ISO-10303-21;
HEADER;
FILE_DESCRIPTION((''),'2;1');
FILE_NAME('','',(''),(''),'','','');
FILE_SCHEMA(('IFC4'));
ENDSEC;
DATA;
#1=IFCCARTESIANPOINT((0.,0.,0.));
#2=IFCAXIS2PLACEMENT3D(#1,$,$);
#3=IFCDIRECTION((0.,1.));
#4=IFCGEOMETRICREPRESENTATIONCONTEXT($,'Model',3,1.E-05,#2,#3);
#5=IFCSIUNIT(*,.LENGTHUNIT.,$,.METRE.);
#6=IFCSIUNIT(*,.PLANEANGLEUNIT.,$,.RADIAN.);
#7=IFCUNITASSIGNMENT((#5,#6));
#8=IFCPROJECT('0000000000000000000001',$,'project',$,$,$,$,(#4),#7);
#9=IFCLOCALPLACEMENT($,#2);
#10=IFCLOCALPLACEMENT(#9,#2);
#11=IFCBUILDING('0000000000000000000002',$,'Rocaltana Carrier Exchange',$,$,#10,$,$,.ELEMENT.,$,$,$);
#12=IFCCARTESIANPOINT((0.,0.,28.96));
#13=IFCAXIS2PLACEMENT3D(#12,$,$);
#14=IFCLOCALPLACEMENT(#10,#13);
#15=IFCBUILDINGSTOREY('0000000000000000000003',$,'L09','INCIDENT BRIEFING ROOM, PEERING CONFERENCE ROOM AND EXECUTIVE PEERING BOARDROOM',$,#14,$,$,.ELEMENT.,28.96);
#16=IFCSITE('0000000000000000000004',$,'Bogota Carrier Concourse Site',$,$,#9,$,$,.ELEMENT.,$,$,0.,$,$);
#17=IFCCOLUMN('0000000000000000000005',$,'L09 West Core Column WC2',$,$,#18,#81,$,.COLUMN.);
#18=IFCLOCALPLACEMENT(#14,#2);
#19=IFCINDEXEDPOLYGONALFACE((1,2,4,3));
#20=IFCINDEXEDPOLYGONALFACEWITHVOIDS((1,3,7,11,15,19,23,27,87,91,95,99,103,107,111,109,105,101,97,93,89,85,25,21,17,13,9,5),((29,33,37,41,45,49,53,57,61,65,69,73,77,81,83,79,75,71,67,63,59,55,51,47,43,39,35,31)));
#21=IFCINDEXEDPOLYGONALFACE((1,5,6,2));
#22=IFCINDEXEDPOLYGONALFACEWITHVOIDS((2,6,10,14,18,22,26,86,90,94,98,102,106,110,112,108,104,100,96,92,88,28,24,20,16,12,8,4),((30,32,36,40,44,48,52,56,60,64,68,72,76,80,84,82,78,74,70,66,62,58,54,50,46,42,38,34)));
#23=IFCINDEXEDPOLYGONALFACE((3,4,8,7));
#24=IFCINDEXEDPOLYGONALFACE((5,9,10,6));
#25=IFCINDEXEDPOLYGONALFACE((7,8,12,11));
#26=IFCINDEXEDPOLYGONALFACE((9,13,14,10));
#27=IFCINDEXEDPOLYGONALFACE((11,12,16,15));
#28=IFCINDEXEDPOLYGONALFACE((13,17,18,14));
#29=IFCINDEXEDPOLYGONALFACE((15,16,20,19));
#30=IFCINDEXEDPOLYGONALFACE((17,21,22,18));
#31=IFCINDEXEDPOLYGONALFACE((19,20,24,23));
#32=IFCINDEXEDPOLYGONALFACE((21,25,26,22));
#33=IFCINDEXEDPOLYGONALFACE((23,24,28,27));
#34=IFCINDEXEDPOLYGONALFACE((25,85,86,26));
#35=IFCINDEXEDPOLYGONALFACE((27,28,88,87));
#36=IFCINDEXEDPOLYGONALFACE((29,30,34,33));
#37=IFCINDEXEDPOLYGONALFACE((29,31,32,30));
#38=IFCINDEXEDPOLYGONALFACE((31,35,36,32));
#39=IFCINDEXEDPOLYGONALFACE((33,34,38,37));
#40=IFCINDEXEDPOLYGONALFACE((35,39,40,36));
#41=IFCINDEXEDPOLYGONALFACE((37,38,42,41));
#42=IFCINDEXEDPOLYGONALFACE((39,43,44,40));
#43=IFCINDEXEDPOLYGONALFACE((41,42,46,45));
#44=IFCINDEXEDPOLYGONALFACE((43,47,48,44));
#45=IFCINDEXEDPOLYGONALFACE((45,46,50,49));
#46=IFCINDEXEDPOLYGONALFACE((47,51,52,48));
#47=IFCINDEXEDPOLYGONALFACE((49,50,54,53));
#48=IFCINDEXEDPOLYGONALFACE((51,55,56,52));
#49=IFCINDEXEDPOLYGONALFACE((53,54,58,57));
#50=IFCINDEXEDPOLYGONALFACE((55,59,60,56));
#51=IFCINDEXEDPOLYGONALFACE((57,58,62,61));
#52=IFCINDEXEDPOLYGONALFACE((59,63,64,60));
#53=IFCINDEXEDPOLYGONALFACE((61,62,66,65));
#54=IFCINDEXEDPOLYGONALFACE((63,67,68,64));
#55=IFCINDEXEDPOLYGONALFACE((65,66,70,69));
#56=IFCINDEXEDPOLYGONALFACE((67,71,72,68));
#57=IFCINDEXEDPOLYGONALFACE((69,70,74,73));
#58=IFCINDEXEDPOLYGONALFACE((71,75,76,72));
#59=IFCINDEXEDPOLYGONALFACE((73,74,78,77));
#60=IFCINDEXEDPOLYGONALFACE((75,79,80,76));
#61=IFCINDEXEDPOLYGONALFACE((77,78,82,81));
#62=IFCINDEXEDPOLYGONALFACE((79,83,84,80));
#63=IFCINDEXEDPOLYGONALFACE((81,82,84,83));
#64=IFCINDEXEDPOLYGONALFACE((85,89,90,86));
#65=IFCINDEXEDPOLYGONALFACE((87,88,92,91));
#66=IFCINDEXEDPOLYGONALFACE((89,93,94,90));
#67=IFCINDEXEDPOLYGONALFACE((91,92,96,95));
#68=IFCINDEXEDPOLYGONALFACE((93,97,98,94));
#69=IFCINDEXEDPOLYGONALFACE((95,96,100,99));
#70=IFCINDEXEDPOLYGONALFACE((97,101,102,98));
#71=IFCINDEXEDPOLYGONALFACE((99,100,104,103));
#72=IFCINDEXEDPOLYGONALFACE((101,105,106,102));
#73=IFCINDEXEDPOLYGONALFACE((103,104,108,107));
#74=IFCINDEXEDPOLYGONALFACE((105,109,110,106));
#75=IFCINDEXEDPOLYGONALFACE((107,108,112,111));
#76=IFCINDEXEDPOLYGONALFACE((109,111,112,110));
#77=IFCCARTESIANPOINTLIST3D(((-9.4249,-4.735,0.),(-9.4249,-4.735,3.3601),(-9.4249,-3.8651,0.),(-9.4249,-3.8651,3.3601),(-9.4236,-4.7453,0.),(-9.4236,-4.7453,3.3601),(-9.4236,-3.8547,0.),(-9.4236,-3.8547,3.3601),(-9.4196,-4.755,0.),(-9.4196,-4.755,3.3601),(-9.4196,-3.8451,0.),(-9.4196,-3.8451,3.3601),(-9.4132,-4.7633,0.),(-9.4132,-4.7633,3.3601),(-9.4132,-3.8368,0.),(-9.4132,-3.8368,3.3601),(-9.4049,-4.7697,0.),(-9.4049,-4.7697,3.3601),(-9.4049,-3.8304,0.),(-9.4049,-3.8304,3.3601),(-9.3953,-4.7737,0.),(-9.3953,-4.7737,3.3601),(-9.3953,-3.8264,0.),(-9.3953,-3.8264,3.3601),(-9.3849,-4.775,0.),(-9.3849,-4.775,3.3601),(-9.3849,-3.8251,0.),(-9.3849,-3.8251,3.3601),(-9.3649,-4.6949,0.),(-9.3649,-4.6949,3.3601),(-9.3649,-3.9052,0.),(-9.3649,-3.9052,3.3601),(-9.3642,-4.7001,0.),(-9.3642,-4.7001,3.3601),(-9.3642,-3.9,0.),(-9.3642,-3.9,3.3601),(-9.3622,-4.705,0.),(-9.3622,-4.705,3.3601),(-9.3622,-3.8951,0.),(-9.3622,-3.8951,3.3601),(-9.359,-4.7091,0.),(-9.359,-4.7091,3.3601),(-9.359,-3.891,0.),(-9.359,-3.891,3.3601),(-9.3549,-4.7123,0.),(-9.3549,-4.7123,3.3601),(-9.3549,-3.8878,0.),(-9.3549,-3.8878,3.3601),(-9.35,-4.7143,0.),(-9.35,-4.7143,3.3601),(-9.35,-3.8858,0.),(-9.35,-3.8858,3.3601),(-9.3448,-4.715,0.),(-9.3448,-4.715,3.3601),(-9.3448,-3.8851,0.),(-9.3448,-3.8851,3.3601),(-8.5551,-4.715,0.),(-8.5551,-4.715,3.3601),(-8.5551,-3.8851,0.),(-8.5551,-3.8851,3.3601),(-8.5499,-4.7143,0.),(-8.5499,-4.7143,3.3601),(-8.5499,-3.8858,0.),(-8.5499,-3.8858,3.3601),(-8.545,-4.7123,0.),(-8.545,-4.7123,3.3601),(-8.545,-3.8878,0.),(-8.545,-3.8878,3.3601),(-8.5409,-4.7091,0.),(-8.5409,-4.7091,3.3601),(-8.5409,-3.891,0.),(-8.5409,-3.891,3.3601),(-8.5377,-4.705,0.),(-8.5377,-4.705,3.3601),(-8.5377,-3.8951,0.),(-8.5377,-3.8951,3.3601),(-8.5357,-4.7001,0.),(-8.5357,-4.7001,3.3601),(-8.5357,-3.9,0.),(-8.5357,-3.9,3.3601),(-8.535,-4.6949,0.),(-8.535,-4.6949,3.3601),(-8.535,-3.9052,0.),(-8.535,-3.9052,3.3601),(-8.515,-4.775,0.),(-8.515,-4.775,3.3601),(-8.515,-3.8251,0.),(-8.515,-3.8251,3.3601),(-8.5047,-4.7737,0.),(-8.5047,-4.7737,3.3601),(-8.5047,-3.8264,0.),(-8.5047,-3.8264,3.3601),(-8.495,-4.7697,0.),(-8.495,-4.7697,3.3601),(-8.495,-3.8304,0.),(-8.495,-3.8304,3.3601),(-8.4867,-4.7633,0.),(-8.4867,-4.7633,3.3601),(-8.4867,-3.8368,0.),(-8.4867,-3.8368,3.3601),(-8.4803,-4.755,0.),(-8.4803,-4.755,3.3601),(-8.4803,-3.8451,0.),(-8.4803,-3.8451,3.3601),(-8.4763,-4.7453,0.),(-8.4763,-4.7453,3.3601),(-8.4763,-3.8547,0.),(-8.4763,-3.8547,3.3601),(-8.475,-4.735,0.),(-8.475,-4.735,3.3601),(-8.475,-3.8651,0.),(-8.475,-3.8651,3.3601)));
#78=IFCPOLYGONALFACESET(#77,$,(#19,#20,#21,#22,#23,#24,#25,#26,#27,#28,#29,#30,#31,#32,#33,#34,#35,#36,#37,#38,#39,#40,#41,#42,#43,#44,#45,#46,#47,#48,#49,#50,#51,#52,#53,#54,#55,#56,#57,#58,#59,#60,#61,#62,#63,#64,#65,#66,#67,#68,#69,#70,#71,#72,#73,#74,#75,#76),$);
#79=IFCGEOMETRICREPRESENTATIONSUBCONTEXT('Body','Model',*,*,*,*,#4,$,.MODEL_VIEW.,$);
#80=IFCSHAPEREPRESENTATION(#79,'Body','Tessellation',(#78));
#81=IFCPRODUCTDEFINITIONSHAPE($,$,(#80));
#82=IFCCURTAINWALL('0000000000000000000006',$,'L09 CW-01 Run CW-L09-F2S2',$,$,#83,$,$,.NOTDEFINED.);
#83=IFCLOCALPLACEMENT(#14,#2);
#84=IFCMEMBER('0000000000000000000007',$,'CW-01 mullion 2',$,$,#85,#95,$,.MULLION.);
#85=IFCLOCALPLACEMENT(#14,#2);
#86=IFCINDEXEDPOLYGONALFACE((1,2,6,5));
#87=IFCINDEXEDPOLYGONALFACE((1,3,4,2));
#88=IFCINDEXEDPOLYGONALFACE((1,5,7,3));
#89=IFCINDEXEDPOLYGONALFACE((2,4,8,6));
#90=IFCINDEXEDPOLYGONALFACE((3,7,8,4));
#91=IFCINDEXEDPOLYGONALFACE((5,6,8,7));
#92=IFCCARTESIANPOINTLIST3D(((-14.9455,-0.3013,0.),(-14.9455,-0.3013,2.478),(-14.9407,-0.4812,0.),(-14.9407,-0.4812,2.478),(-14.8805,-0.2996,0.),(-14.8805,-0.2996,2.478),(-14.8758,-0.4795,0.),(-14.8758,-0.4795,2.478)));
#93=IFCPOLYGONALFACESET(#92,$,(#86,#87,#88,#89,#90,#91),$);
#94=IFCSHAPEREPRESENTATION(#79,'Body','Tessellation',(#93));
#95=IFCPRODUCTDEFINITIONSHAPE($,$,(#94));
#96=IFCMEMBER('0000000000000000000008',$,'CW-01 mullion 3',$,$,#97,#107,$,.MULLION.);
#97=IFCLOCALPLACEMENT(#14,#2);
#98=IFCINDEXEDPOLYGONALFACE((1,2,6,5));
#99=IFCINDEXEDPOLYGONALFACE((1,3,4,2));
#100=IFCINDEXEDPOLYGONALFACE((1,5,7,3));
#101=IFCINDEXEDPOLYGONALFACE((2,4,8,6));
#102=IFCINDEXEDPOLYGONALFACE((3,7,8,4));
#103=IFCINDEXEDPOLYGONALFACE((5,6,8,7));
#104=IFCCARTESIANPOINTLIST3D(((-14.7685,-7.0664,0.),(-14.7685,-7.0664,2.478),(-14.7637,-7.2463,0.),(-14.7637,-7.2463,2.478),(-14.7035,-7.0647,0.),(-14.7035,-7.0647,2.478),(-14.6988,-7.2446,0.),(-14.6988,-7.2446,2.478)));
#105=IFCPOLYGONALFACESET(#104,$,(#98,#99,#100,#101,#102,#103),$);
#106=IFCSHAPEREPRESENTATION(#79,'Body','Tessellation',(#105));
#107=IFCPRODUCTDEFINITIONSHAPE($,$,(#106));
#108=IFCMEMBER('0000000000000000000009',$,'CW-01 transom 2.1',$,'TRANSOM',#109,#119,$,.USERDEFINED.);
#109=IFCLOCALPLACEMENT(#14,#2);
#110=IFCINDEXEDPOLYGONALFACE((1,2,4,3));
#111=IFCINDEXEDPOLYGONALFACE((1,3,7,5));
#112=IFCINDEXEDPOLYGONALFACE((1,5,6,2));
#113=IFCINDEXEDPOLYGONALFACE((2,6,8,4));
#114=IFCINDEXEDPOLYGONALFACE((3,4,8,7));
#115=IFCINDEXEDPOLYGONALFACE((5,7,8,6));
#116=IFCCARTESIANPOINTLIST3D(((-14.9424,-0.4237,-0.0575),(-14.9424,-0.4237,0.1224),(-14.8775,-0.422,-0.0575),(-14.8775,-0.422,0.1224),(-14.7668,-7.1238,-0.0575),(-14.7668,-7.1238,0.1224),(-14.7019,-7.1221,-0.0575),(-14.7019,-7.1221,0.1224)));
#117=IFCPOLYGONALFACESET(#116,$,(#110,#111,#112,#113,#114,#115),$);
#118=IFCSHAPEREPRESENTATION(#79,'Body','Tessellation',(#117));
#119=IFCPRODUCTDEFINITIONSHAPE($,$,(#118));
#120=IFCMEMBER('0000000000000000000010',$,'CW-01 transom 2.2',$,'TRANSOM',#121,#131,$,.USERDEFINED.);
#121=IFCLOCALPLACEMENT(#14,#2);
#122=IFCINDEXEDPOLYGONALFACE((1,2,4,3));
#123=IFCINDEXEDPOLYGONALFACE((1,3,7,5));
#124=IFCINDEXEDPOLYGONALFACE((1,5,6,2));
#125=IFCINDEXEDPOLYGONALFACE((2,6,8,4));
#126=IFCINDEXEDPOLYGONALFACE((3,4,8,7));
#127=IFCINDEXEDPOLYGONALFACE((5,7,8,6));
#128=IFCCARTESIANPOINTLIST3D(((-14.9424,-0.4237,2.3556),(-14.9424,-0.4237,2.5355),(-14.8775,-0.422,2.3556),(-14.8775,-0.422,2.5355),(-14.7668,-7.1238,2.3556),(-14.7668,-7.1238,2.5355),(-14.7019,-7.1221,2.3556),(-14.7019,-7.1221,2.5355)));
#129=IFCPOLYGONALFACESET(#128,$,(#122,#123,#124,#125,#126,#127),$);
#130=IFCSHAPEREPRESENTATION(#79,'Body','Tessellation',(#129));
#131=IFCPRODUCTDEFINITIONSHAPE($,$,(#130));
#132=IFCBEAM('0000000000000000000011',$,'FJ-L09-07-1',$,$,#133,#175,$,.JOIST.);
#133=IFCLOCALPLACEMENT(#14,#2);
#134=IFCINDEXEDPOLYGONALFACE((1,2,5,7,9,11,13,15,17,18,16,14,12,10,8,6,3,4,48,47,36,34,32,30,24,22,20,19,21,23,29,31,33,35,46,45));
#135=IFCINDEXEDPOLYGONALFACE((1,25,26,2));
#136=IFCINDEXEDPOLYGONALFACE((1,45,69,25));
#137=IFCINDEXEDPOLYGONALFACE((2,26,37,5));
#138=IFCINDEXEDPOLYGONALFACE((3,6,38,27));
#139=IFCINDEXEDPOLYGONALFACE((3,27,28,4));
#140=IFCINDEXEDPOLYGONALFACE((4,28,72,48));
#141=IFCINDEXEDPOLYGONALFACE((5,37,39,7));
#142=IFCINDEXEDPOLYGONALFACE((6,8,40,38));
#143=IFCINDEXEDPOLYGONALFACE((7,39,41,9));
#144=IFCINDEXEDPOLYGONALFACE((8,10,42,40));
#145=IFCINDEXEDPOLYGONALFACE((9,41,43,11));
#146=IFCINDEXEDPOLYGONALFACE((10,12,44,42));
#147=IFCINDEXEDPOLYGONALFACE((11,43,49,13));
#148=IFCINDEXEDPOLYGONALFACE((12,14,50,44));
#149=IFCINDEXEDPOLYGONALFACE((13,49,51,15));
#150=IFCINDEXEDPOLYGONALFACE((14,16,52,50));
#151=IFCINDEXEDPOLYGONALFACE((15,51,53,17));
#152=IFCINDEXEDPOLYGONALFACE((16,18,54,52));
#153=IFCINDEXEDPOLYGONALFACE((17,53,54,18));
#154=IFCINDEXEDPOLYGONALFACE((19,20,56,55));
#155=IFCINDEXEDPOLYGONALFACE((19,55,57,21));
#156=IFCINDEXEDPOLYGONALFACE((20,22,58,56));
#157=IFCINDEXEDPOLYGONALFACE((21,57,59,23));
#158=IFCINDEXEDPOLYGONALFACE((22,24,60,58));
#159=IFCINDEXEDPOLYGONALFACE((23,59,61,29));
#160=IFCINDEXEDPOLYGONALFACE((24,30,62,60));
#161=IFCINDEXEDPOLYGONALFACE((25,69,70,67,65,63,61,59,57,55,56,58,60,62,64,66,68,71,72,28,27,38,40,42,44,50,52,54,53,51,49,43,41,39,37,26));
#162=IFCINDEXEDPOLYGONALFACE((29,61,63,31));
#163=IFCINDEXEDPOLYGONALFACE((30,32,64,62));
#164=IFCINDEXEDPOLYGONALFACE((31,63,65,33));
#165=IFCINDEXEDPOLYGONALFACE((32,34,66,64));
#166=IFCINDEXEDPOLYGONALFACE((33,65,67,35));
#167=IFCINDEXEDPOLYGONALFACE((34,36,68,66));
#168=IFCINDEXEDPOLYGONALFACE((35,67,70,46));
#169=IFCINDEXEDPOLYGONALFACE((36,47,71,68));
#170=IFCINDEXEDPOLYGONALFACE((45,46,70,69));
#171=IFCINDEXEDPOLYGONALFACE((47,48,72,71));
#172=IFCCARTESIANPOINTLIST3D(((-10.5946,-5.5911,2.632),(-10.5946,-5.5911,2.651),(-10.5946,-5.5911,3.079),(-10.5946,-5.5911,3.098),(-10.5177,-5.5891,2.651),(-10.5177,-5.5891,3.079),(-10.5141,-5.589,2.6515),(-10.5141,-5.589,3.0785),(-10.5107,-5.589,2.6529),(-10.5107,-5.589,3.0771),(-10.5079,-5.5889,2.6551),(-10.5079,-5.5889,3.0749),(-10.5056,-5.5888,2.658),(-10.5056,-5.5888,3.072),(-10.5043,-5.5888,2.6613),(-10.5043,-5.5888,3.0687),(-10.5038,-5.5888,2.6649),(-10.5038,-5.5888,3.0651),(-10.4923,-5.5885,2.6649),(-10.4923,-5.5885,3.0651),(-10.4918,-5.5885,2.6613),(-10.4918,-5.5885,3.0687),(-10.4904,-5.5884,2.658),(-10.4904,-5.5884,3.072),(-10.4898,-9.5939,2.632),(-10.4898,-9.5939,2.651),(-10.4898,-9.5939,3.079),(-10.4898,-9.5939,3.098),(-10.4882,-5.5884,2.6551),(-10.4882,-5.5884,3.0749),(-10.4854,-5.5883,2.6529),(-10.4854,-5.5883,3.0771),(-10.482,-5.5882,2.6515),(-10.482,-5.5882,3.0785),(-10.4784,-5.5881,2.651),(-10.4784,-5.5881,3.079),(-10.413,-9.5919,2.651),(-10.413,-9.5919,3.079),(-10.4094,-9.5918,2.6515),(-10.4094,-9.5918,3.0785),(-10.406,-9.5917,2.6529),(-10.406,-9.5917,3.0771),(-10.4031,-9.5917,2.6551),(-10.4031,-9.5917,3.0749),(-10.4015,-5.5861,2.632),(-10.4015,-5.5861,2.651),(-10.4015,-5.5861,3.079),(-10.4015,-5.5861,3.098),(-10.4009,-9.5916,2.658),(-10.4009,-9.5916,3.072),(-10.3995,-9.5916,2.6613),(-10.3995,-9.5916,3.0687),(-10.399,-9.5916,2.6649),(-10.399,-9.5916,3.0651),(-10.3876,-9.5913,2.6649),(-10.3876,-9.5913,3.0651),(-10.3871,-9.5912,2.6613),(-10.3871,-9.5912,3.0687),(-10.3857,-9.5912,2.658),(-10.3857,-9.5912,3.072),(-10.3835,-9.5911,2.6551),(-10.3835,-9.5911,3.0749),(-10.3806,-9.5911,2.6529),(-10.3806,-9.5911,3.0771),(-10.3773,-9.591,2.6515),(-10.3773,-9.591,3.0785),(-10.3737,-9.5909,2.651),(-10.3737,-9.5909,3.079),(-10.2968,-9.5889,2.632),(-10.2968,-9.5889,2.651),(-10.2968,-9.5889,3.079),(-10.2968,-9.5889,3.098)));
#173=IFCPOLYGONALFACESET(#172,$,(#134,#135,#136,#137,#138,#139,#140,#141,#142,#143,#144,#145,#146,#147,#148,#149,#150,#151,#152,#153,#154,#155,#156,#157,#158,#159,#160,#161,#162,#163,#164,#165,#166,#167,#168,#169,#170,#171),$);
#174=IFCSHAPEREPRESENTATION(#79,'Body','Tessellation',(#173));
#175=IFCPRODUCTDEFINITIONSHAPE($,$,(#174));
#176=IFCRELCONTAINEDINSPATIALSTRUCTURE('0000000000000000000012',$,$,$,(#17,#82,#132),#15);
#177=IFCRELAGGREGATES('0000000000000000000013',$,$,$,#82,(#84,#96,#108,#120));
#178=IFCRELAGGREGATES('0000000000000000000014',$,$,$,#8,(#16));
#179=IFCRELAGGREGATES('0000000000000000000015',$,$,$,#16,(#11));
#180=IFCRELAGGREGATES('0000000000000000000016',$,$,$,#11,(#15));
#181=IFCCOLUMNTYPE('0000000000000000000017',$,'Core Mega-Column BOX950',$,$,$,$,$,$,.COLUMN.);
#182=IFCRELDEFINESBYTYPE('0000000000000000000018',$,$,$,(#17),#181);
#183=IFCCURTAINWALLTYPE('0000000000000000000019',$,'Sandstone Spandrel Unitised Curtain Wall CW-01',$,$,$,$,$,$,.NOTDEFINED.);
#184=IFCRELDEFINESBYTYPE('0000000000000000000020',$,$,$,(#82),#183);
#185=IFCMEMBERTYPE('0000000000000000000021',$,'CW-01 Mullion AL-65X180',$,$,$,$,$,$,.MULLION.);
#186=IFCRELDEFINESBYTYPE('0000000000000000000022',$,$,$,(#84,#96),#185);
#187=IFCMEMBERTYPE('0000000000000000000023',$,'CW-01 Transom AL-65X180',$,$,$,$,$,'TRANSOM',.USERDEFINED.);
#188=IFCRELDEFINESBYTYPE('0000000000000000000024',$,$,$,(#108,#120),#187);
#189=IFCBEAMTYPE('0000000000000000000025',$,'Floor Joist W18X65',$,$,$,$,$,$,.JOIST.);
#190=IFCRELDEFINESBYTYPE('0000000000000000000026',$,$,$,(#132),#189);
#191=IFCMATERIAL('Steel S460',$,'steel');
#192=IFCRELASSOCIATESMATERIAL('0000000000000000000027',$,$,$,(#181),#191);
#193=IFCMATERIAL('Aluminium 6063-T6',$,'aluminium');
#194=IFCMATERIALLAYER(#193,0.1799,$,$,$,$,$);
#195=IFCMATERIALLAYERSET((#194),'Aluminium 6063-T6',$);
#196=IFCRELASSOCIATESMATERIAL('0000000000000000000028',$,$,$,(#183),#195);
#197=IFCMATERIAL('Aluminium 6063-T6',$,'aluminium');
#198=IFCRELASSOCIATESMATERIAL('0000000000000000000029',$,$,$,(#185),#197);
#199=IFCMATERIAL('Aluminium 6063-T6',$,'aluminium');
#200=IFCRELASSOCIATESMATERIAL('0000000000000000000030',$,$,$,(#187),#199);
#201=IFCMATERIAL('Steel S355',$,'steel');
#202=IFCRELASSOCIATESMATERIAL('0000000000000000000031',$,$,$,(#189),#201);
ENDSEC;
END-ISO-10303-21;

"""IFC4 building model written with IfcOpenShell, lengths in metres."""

from ifc_helpers import new_model, si_unit, direction, frame, origin, origin_2d, place, context, subcontext, project, spatial, rectangle, hollow_rectangle, i_section, extrude, material, layer, layer_set, material_profile, profile_set, type_object, element, aggregate, save


model = new_model("IFC4")

# Units and contexts
model_context = context("Model", 3, precision=1e-05, world=origin(), true_north=direction((0.0, 1.0)))
body_context = subcontext(model_context, "Body", "Model", "MODEL_VIEW")
ifc_project = project(units=[si_unit("LENGTHUNIT", "METRE"), si_unit("PLANEANGLEUNIT", "RADIAN")], contexts=[model_context])

# Site, building, storey
site_placement = place(None, origin())
site = spatial("IfcSite", under=ifc_project, at=site_placement, Name="Bogota Carrier Concourse Site", CompositionType="ELEMENT", RefElevation=0.0)
building_placement = place(site_placement, origin())
building = spatial("IfcBuilding", under=site, at=building_placement, Name="Rocaltana Carrier Exchange", CompositionType="ELEMENT")
storey_placement = place(building_placement, frame((0.0, 0.0, 28.96)))
storey = spatial("IfcBuildingStorey", under=building, at=storey_placement, Name="L09", Description="INCIDENT BRIEFING ROOM, PEERING CONFERENCE ROOM AND EXECUTIVE PEERING BOARDROOM", CompositionType="ELEMENT", Elevation=28.96)

# Column
ifc_material_1 = material(Name="Steel S460", Category="steel")
ifc_material_profile_1 = material_profile(ifc_material_1, hollow_rectangle(XDim=0.95, YDim=0.95, WallThickness=0.0601, InnerFilletRadius=0.02, OuterFilletRadius=0.04, at=origin_2d()), Name="BOX950X950X60")
ifc_profile_set_1 = profile_set([ifc_material_profile_1], Name="Steel S460")
column_type = type_object("IfcColumnType", Name="Core Mega-Column BOX950", PredefinedType="COLUMN", material=ifc_profile_set_1)
column_placement = place(storey_placement, frame((-8.95, -4.3, 0.0), z_axis=(0.0, 0.0, 1.0), x_axis=(1.0, 0.0, 0.0)))
element("IfcColumn", 1, at=column_placement, inside=storey, type_object=column_type, Name="L09 West Core Column WC2", PredefinedType="COLUMN", context=body_context, shape_type="SweptSolid", body=[
    extrude(hollow_rectangle(XDim=0.95, YDim=0.95, WallThickness=0.0601, InnerFilletRadius=0.02, OuterFilletRadius=0.04, at=origin_2d()), origin(), (0.0, 0.0, 1.0), 3.3601),
])

# Curtain wall, members
ifc_material_2 = material(Name="Aluminium 6063-T6", Category="aluminium")
ifc_layer_1 = layer(ifc_material_2, 0.1799)
ifc_layer_set_1 = layer_set([ifc_layer_1], Name="Aluminium 6063-T6")
curtain_wall_type = type_object("IfcCurtainWallType", Name="Sandstone Spandrel Unitised Curtain Wall CW-01", PredefinedType="NOTDEFINED", material=ifc_layer_set_1)
curtain_wall_placement = place(storey_placement, origin())
curtain_wall = element("IfcCurtainWall", 2, at=curtain_wall_placement, inside=storey, type_object=curtain_wall_type, Name="L09 CW-01 Run CW-L09-F2S2", PredefinedType="NOTDEFINED")
ifc_material_3 = material(Name="Aluminium 6063-T6", Category="aluminium")
ifc_material_profile_2 = material_profile(ifc_material_3, rectangle(XDim=0.0649, YDim=0.1799, at=origin_2d()), Name="AL-65X180")
ifc_profile_set_2 = profile_set([ifc_material_profile_2], Name="Aluminium 6063-T6")
member_type_1 = type_object("IfcMemberType", Name="CW-01 Mullion AL-65X180", PredefinedType="MULLION", material=ifc_profile_set_2)
member_1_placement = place(storey_placement, frame((-14.9106, -0.3904, 0.0), z_axis=(0.0, 0.0, 1.0), x_axis=(0.999657, 0.026177, 0.0)))
member_1 = element("IfcMember", 3, at=member_1_placement, type_object=member_type_1, Name="CW-01 mullion 2", PredefinedType="MULLION", context=body_context, shape_type="SweptSolid", body=[
    extrude(rectangle(XDim=0.0649, YDim=0.1799, at=origin_2d()), origin(), (0.0, 0.0, 1.0), 2.478),
])
member_2_placement = place(storey_placement, frame((-14.7336, -7.1555, 0.0), z_axis=(0.0, 0.0, 1.0), x_axis=(0.999657, 0.026177, 0.0)))
member_2 = element("IfcMember", 4, at=member_2_placement, type_object=member_type_1, Name="CW-01 mullion 3", PredefinedType="MULLION", context=body_context, shape_type="SweptSolid", body=[
    extrude(rectangle(XDim=0.0649, YDim=0.1799, at=origin_2d()), origin(), (0.0, 0.0, 1.0), 2.478),
])
ifc_material_4 = material(Name="Aluminium 6063-T6", Category="aluminium")
ifc_material_profile_3 = material_profile(ifc_material_4, rectangle(XDim=0.0649, YDim=0.1799, at=origin_2d()), Name="AL-65X180")
ifc_profile_set_3 = profile_set([ifc_material_profile_3], Name="Aluminium 6063-T6")
member_type_2 = type_object("IfcMemberType", Name="CW-01 Transom AL-65X180", ElementType="TRANSOM", PredefinedType="USERDEFINED", material=ifc_profile_set_3)
member_3_placement = place(storey_placement, frame((-14.9099, -0.4229, 0.0325), z_axis=(0.02619, -0.999657, 0.0), x_axis=(0.999657, 0.02619, 0.0)))
member_3 = element("IfcMember", 5, at=member_3_placement, type_object=member_type_2, Name="CW-01 transom 2.1", ObjectType="TRANSOM", PredefinedType="USERDEFINED", context=body_context, shape_type="SweptSolid", body=[
    extrude(rectangle(XDim=0.0649, YDim=0.1799, at=origin_2d()), origin(), (0.0, 0.0, 1.0), 6.7024),
])
member_4_placement = place(storey_placement, frame((-14.9099, -0.4229, 2.4456), z_axis=(0.02619, -0.999657, 0.0), x_axis=(0.999657, 0.02619, 0.0)))
member_4 = element("IfcMember", 6, at=member_4_placement, type_object=member_type_2, Name="CW-01 transom 2.2", ObjectType="TRANSOM", PredefinedType="USERDEFINED", context=body_context, shape_type="SweptSolid", body=[
    extrude(rectangle(XDim=0.0649, YDim=0.1799, at=origin_2d()), origin(), (0.0, 0.0, 1.0), 6.7024),
])

# Beam
ifc_material_5 = material(Name="Steel S355", Category="steel")
ifc_material_profile_4 = material_profile(ifc_material_5, i_section(OverallWidth=0.1931, OverallDepth=0.4661, WebThickness=0.0115, FlangeThickness=0.019, FilletRadius=0.0139, at=origin_2d()), Name="W18X65")
ifc_profile_set_4 = profile_set([ifc_material_profile_4], Name="Steel S355")
beam_type_1 = type_object("IfcBeamType", Name="Floor Joist W18X65", PredefinedType="JOIST", material=ifc_profile_set_4)
beam_1_placement = place(storey_placement, frame((-10.498, -5.5886, 2.865), z_axis=(0.026158, -0.999658, 0.0), x_axis=(0.999658, 0.026158, 0.0)))
element("IfcBeam", 7, at=beam_1_placement, inside=storey, type_object=beam_type_1, Name="FJ-L09-07-1", PredefinedType="JOIST", context=body_context, shape_type="SweptSolid", body=[
    extrude(i_section(OverallWidth=0.1931, OverallDepth=0.4661, WebThickness=0.0115, FlangeThickness=0.019, FilletRadius=0.0139, at=origin_2d()), origin(), (0.0, 0.0, 1.0), 4.0042),
])

aggregate(curtain_wall, [member_1, member_2, member_3, member_4])

save(model, "model.ifc")
